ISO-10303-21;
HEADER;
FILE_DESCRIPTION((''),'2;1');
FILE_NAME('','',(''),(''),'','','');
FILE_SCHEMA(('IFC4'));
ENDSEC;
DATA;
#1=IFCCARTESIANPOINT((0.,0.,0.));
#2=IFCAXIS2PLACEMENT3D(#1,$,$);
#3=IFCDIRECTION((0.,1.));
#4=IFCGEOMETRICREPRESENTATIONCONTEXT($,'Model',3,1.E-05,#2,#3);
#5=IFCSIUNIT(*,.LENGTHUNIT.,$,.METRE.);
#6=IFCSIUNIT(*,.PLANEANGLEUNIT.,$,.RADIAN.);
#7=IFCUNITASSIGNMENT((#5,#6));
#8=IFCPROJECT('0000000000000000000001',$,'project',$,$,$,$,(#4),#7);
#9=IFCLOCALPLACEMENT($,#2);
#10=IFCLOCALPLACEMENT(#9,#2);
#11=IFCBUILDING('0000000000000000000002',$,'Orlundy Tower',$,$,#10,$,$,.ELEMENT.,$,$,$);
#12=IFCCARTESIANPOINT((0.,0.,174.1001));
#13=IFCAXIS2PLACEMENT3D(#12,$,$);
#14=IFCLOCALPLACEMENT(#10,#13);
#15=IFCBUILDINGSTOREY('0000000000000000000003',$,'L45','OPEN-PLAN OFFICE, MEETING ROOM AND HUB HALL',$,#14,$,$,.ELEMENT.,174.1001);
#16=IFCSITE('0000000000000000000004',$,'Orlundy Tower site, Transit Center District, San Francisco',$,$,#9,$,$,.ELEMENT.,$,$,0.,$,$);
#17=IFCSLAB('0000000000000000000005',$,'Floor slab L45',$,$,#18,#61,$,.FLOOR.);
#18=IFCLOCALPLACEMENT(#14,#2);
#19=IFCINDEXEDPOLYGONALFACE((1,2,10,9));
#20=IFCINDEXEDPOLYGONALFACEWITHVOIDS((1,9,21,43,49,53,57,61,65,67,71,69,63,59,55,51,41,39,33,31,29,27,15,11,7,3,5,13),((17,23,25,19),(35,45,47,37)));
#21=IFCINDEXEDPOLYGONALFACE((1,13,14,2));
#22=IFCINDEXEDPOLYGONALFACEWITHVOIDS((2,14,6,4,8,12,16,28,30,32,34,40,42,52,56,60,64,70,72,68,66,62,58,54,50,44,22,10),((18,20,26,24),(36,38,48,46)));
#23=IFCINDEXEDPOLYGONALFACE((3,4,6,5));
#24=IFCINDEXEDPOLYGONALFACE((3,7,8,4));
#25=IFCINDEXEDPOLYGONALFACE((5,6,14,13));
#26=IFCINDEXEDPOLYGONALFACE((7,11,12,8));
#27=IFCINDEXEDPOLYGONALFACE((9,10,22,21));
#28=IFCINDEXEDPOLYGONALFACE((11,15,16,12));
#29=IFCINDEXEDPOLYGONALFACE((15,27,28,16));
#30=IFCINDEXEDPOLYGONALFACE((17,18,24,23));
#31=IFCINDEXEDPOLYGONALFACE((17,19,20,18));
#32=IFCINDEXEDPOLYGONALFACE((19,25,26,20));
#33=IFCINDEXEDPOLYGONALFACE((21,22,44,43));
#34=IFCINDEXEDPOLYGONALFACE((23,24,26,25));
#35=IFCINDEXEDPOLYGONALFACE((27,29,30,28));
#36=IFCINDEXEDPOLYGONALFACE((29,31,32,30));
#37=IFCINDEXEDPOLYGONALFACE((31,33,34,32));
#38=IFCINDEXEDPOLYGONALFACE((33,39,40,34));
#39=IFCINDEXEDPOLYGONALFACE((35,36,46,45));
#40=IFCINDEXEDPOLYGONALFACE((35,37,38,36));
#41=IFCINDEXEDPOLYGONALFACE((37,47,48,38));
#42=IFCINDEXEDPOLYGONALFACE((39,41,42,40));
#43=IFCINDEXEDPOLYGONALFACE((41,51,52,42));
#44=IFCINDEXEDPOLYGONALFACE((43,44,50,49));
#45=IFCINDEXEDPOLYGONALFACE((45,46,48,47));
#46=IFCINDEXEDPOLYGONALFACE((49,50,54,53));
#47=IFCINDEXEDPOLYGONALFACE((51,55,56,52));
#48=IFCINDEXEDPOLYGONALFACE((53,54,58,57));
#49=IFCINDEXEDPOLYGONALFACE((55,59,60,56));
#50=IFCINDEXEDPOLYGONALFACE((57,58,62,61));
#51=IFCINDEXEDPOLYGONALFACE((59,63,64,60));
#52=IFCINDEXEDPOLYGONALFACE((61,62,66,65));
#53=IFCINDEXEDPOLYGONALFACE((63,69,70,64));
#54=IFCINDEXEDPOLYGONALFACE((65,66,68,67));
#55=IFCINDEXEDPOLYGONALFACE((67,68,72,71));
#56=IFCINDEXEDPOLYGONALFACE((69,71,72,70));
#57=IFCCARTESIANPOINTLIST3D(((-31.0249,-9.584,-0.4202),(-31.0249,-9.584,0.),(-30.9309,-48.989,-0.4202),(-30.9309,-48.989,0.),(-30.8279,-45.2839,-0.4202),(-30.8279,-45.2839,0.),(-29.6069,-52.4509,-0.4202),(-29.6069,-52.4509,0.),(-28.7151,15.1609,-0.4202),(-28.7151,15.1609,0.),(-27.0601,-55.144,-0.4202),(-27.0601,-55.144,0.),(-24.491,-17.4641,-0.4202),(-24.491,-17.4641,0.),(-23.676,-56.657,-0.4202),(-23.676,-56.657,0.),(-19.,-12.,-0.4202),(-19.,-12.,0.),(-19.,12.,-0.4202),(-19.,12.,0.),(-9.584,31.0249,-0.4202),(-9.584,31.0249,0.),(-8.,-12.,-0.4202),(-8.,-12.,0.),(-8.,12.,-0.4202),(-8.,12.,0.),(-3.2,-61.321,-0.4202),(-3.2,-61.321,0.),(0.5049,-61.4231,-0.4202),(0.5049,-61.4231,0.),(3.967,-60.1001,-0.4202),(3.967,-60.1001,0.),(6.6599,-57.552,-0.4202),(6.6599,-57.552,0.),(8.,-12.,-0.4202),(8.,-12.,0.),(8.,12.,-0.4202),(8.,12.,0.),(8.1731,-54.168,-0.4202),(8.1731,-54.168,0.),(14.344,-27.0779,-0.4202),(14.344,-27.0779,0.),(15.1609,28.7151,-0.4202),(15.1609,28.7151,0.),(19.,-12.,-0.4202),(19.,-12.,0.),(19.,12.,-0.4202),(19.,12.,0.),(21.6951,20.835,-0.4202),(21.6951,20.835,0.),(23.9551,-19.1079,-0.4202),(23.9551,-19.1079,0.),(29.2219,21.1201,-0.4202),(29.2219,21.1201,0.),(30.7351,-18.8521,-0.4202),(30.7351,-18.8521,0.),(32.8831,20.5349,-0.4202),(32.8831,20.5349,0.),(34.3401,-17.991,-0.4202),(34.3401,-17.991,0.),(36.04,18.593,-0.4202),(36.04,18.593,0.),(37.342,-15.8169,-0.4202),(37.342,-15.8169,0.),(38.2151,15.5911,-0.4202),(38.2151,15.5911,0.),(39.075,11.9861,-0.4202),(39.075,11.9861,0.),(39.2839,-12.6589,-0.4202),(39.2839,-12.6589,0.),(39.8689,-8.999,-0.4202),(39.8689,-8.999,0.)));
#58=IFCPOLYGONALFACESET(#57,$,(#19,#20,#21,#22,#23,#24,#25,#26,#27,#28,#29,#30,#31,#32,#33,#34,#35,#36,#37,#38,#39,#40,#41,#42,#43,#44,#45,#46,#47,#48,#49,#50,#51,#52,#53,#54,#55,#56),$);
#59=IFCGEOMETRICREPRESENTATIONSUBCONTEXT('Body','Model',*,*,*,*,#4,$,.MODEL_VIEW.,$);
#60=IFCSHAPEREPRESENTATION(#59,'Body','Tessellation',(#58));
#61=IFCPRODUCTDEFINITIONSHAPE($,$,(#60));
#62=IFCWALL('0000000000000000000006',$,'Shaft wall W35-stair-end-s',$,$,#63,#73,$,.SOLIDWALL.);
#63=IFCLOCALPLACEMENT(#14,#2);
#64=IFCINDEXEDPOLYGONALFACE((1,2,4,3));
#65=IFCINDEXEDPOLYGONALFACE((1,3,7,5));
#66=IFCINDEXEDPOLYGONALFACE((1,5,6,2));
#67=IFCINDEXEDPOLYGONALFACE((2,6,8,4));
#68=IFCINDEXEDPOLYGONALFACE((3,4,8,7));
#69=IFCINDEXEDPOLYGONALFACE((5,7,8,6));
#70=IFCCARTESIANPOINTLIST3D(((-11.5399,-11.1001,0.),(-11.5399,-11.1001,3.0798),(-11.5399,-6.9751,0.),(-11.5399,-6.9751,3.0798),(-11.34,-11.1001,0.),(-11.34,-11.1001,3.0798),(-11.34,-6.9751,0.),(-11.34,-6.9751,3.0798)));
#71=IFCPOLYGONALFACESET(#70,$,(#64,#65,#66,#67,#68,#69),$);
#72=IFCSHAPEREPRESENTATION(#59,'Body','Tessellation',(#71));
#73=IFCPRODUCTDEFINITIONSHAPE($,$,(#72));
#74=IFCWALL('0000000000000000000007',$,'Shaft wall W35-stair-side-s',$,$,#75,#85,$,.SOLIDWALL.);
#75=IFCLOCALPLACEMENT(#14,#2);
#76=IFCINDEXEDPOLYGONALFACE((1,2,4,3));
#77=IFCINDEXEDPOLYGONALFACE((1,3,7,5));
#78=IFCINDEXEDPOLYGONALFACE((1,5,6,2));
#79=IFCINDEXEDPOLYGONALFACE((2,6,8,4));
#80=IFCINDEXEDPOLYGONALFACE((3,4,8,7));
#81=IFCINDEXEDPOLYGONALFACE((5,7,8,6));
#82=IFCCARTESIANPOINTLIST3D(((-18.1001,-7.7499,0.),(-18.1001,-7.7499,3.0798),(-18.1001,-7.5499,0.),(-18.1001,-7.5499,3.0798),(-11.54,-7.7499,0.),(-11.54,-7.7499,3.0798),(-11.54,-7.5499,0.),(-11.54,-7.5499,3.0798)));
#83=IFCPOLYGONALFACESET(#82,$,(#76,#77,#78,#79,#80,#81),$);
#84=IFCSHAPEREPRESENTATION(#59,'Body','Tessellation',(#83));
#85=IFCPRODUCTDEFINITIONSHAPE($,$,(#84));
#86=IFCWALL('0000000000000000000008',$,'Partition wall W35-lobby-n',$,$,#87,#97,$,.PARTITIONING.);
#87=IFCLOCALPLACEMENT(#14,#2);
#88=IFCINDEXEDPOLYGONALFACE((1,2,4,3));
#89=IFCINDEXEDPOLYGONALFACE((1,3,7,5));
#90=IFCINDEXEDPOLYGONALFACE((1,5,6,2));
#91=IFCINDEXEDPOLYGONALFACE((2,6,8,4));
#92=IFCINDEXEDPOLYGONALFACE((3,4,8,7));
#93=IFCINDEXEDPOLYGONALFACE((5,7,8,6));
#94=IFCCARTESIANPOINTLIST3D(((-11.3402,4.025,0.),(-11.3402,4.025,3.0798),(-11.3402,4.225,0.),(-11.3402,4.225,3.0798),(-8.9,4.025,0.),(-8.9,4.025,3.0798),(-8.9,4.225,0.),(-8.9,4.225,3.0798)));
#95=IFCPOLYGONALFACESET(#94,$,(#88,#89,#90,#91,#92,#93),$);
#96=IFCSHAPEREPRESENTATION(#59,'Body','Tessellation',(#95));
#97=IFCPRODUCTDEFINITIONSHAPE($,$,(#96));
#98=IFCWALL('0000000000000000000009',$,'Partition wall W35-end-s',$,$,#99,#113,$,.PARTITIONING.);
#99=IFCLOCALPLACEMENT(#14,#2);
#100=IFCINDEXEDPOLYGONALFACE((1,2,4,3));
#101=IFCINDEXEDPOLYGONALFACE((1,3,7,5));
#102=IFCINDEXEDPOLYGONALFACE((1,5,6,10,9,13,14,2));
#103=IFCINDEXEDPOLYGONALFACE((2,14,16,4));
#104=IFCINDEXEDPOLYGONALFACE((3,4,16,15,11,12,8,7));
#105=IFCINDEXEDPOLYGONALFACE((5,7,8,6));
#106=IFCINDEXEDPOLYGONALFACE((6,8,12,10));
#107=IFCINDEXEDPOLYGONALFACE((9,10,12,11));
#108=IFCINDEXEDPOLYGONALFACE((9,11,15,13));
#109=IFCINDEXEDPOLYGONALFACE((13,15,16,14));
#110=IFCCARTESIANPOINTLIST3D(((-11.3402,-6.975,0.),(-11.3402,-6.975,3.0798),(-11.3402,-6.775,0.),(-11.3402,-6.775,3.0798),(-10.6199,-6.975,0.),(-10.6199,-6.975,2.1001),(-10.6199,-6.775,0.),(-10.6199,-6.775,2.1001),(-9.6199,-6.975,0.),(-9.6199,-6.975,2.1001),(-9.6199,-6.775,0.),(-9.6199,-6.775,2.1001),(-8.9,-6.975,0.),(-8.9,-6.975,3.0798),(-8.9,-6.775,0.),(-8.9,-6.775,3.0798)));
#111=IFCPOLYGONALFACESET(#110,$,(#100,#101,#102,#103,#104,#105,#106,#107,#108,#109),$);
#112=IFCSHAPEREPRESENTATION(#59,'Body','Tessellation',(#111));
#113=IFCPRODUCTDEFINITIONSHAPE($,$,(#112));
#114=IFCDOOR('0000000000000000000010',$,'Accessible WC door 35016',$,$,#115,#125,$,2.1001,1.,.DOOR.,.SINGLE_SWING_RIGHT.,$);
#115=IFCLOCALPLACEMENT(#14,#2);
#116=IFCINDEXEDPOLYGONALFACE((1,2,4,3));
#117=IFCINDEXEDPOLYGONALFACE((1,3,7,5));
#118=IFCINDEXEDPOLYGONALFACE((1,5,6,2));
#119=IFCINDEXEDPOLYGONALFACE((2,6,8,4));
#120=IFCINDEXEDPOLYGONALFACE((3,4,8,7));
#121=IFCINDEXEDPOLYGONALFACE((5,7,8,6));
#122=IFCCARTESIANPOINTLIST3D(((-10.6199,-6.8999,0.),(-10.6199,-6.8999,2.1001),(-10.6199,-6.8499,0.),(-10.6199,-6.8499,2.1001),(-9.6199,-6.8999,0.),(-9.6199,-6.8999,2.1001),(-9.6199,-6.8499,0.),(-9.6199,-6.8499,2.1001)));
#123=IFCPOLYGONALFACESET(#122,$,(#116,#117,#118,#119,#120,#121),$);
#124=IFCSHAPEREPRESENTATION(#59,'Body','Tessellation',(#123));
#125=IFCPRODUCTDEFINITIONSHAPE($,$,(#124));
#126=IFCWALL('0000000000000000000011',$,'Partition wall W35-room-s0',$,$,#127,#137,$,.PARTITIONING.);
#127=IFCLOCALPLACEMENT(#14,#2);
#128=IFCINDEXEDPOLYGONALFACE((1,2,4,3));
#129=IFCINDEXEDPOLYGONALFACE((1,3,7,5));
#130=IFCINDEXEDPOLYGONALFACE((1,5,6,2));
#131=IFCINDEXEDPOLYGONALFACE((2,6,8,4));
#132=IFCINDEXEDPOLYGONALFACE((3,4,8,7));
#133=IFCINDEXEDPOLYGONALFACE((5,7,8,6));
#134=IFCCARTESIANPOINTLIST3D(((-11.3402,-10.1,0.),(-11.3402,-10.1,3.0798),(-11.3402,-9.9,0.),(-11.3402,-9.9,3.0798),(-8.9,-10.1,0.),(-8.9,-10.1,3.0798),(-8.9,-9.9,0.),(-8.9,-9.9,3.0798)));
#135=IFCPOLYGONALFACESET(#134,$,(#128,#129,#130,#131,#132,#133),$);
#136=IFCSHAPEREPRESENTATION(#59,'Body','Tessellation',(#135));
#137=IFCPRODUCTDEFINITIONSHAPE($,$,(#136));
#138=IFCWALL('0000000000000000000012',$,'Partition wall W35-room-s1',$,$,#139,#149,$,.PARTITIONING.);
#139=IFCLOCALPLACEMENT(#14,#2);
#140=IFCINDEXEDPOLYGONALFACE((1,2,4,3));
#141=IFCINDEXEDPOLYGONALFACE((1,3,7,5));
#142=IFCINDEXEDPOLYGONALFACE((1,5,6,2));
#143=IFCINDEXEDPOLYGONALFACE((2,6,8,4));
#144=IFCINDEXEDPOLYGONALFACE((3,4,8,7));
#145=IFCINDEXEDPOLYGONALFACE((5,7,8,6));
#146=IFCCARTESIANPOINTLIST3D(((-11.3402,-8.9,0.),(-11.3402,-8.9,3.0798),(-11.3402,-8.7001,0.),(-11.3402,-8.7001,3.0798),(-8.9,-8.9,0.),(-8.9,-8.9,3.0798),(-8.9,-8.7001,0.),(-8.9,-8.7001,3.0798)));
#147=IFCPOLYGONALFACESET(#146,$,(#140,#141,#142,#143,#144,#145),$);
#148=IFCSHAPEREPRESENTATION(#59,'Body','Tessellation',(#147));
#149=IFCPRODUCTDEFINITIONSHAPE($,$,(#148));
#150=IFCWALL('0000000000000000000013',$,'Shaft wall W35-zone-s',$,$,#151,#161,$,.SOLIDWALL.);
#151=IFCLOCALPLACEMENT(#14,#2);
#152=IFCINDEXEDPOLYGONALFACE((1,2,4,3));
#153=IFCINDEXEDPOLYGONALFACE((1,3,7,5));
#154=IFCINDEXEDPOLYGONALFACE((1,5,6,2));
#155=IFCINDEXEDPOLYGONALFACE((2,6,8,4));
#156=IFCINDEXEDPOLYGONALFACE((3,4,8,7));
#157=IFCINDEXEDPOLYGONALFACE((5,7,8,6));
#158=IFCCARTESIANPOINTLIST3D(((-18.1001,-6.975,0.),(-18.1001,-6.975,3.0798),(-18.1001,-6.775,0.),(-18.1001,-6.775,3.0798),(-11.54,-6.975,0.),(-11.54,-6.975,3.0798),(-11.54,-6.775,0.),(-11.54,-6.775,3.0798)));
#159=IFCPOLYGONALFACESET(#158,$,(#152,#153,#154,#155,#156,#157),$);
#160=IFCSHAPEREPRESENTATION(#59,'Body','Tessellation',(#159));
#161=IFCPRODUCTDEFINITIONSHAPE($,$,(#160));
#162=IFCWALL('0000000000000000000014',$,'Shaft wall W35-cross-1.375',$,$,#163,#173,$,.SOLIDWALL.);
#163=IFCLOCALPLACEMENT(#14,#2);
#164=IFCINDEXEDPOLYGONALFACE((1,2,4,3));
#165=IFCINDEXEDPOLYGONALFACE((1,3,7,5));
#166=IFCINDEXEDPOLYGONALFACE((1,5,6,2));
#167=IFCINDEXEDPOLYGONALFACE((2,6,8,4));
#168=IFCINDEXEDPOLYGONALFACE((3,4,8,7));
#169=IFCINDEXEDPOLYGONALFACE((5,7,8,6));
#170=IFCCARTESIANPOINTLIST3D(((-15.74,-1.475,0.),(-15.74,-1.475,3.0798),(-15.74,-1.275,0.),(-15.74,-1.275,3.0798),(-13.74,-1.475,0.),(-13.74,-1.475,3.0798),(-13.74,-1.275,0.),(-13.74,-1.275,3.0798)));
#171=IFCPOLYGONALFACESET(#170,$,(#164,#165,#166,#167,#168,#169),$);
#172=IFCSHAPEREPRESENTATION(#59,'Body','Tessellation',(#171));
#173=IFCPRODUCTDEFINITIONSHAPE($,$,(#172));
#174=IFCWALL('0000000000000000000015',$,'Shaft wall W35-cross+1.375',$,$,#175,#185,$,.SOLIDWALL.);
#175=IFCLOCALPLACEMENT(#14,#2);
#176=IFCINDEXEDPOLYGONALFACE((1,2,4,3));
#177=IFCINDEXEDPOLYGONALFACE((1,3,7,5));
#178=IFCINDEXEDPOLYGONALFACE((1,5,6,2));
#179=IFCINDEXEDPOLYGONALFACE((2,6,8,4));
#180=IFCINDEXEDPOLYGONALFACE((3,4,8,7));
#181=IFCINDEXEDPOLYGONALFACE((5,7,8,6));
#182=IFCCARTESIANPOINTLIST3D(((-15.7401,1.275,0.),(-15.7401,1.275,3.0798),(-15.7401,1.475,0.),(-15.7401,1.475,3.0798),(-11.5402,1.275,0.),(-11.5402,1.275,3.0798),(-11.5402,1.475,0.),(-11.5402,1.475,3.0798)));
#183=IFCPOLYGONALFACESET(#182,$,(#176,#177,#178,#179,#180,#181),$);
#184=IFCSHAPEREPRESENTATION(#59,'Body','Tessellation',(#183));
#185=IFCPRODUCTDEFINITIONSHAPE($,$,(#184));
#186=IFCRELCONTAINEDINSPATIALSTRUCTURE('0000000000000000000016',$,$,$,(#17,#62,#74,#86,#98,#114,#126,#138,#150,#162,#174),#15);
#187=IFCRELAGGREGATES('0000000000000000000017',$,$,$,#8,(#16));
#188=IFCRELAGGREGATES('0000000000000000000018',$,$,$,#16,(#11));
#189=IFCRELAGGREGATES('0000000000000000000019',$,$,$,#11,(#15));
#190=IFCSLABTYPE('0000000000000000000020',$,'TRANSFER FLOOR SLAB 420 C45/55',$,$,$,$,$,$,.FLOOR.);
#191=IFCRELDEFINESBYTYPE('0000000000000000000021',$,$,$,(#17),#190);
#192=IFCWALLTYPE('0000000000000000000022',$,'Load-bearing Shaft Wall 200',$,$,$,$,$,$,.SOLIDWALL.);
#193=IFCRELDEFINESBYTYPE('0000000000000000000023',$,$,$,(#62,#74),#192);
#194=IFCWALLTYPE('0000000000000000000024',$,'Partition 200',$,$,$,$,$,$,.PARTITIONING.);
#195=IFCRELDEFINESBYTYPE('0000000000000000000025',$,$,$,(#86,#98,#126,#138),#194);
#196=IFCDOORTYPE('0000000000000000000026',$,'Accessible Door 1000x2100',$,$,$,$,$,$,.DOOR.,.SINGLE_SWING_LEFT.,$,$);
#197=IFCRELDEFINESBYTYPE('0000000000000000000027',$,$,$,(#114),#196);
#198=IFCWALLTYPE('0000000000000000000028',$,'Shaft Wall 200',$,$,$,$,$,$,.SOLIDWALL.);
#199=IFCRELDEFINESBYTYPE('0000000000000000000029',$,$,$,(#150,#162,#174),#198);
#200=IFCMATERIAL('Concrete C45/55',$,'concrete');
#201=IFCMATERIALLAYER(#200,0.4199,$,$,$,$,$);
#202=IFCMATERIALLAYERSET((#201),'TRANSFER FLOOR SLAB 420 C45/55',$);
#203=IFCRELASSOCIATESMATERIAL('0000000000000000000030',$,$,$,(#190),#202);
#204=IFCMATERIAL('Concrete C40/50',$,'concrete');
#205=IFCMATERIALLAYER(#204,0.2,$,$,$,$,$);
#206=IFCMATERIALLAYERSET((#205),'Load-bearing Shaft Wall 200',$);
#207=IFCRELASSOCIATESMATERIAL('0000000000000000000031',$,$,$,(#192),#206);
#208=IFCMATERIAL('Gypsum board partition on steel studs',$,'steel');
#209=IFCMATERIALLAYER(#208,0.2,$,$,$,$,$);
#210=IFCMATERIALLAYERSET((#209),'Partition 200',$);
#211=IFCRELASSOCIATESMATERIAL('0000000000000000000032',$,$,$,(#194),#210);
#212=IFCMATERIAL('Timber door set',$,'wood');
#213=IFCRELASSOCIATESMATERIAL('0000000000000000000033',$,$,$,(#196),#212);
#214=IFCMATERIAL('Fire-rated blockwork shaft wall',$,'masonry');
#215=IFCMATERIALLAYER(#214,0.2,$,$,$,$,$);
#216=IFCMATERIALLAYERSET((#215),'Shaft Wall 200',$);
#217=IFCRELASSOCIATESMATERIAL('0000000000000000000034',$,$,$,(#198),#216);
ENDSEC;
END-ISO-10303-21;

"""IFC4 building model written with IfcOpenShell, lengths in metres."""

from ifc_helpers import new_model, si_unit, direction, frame, frame_2d, origin, place, context, subcontext, project, spatial, polyline, rectangle, outline, extrude, material, layer, layer_set, type_object, element, fill, save


model = new_model("IFC4")

# Units and contexts
model_context = context("Model", 3, precision=1e-05, world=origin(), true_north=direction((0.0, 1.0)))
body_context = subcontext(model_context, "Body", "Model", "MODEL_VIEW")
ifc_project = project(units=[si_unit("LENGTHUNIT", "METRE"), si_unit("PLANEANGLEUNIT", "RADIAN")], contexts=[model_context])

# Site, building, storey
site_placement = place(None, origin())
site = spatial("IfcSite", under=ifc_project, at=site_placement, Name="Orlundy Tower site, Transit Center District, San Francisco", CompositionType="ELEMENT", RefElevation=0.0)
building_placement = place(site_placement, origin())
building = spatial("IfcBuilding", under=site, at=building_placement, Name="Orlundy Tower", CompositionType="ELEMENT")
storey_placement = place(building_placement, frame((0.0, 0.0, 174.1001)))
storey = spatial("IfcBuildingStorey", under=building, at=storey_placement, Name="L45", Description="OPEN-PLAN OFFICE, MEETING ROOM AND HUB HALL", CompositionType="ELEMENT", Elevation=174.1001)

# Slab
ifc_material_1 = material(Name="Concrete C45/55", Category="concrete")
ifc_layer_1 = layer(ifc_material_1, 0.4199)
ifc_layer_set_1 = layer_set([ifc_layer_1], Name="TRANSFER FLOOR SLAB 420 C45/55")
slab_type_1 = type_object("IfcSlabType", Name="TRANSFER FLOOR SLAB 420 C45/55", PredefinedType="FLOOR", material=ifc_layer_set_1)
slab_1_placement = place(storey_placement, frame((0.0, 0.0, -0.4202)))
element("IfcSlab", 1, at=slab_1_placement, inside=storey, type_object=slab_type_1, Name="Floor slab L45", PredefinedType="FLOOR", context=body_context, shape_type="SweptSolid", body=[
    extrude(outline(polyline([(-24.491, -17.4641), (-31.0249, -9.584), (-28.7151, 15.1609), (-9.584, 31.0249), (15.1609, 28.7151), (21.6951, 20.835), (29.2219, 21.1201), (32.8831, 20.5349), (36.04, 18.593), (38.2151, 15.5911), (39.075, 11.9861), (39.8689, -8.999), (39.2839, -12.6589), (37.342, -15.8169), (34.3401, -17.991), (30.7351, -18.8521), (23.9551, -19.1079), (14.344, -27.0779), (8.1731, -54.168), (6.6599, -57.552), (3.967, -60.1001), (0.5049, -61.4231), (-3.2, -61.321), (-23.676, -56.657), (-27.0601, -55.144), (-29.6069, -52.4509), (-30.9309, -48.989), (-30.8279, -45.2839), (-24.491, -17.4641)]), holes=[polyline([(-8.0, -12.0), (-8.0, 12.0), (-19.0, 12.0), (-19.0, -12.0), (-8.0, -12.0)]), polyline([(19.0, -12.0), (19.0, 12.0), (8.0, 12.0), (8.0, -12.0), (19.0, -12.0)])]), origin(), (0.0, 0.0, 1.0), 0.4202),
])

# Walls
ifc_material_2 = material(Name="Concrete C40/50", Category="concrete")
ifc_layer_2 = layer(ifc_material_2, 0.2)
ifc_layer_set_2 = layer_set([ifc_layer_2], Name="Load-bearing Shaft Wall 200")
wall_type_1 = type_object("IfcWallType", Name="Load-bearing Shaft Wall 200", PredefinedType="SOLIDWALL", material=ifc_layer_set_2)
wall_1_placement = place(storey_placement, frame((-11.4399, -11.1001, 0.0), z_axis=(0.0, 0.0, 1.0), x_axis=(0.0, 1.0, 0.0)))
element("IfcWall", 2, at=wall_1_placement, inside=storey, type_object=wall_type_1, Name="Shaft wall W35-stair-end-s", PredefinedType="SOLIDWALL", context=body_context, shape_type="SweptSolid", body=[
    extrude(rectangle(XDim=4.125, YDim=0.2, at=frame_2d((2.0625, 0.0))), origin(), (0.0, 0.0, 1.0), 3.0798),
])
wall_2_placement = place(storey_placement, frame((-11.54, -7.6499, 0.0), z_axis=(0.0, 0.0, 1.0), x_axis=(-1.0, 0.0, 0.0)))
element("IfcWall", 3, at=wall_2_placement, inside=storey, type_object=wall_type_1, Name="Shaft wall W35-stair-side-s", PredefinedType="SOLIDWALL", context=body_context, shape_type="SweptSolid", body=[
    extrude(rectangle(XDim=6.5601, YDim=0.2, at=frame_2d((3.28, 0.0))), origin(), (0.0, 0.0, 1.0), 3.0798),
])
ifc_material_3 = material(Name="Gypsum board partition on steel studs", Category="steel")
ifc_layer_3 = layer(ifc_material_3, 0.2)
ifc_layer_set_3 = layer_set([ifc_layer_3], Name="Partition 200")
wall_type_2 = type_object("IfcWallType", Name="Partition 200", PredefinedType="PARTITIONING", material=ifc_layer_set_3)
wall_3_placement = place(storey_placement, frame((-8.8999, 4.125, 0.0), z_axis=(0.0, 0.0, 1.0), x_axis=(-1.0, 0.0, 0.0)))
element("IfcWall", 4, at=wall_3_placement, inside=storey, type_object=wall_type_2, Name="Partition wall W35-lobby-n", PredefinedType="PARTITIONING", context=body_context, shape_type="SweptSolid", body=[
    extrude(rectangle(XDim=2.4402, YDim=0.2, at=frame_2d((1.2202, 0.0))), origin(), (0.0, 0.0, 1.0), 3.0798),
])

# Wall, opening, door
wall_4_placement = place(storey_placement, frame((-8.8999, -6.875, 0.0), z_axis=(0.0, 0.0, 1.0), x_axis=(-1.0, 0.0, 0.0)))
wall_4 = element("IfcWall", 5, at=wall_4_placement, inside=storey, type_object=wall_type_2, Name="Partition wall W35-end-s", PredefinedType="PARTITIONING", context=body_context, shape_type="SweptSolid", body=[
    extrude(rectangle(XDim=2.4402, YDim=0.2, at=frame_2d((1.2202, 0.0))), origin(), (0.0, 0.0, 1.0), 3.0798),
])
opening_1_placement = place(wall_4_placement, frame((0.72, 0.0, 0.0)))
opening_1 = element("IfcOpeningElement", 6, at=opening_1_placement, cuts=wall_4, PredefinedType="OPENING", context=body_context, shape_type="SweptSolid", body=[
    extrude(rectangle(XDim=1.0, YDim=2.1001, at=frame_2d((0.5, 1.05))), frame((0.0, 0.1101, 0.0), z_axis=(0.0, -1.0, 0.0), x_axis=(1.0, 0.0, 0.0)), (0.0, 0.0, 1.0), 0.2202),
])
ifc_material_4 = material(Name="Timber door set", Category="wood")
door_type_1 = type_object("IfcDoorType", Name="Accessible Door 1000x2100", OperationType="SINGLE_SWING_LEFT", PredefinedType="DOOR", material=ifc_material_4)
door_1_placement = place(opening_1_placement, origin())
door_1 = element("IfcDoor", 7, at=door_1_placement, inside=storey, type_object=door_type_1, Name="Accessible WC door 35016", OperationType="SINGLE_SWING_RIGHT", OverallHeight=2.1001, OverallWidth=1.0, PredefinedType="DOOR", context=body_context, shape_type="SweptSolid", body=[
    extrude(rectangle(XDim=1.0, YDim=2.1001, at=frame_2d((0.5, 1.05))), frame((0.0, 0.0249, 0.0), z_axis=(0.0, -1.0, 0.0), x_axis=(1.0, 0.0, 0.0)), (0.0, 0.0, 1.0), 0.05),
])
fill(opening_1, door_1)

# Walls
for number, where, z_axis, x_axis, name in (
    (8, (-8.8999, -10.0, 0.0), (0.0, 0.0, 1.0), (-1.0, 0.0, 0.0), "Partition wall W35-room-s0"),
    (9, (-8.8999, -8.8, 0.0), (0.0, 0.0, 1.0), (-1.0, 0.0, 0.0), "Partition wall W35-room-s1"),
):
    element("IfcWall", number, at=place(storey_placement, frame(where, z_axis=z_axis, x_axis=x_axis)), inside=storey, type_object=wall_type_2, Name=name, PredefinedType="PARTITIONING", context=body_context, shape_type="SweptSolid", body=[
        extrude(rectangle(XDim=2.4402, YDim=0.2, at=frame_2d((1.2202, 0.0))), origin(), (0.0, 0.0, 1.0), 3.0798),
    ])
ifc_material_5 = material(Name="Fire-rated blockwork shaft wall", Category="masonry")
ifc_layer_4 = layer(ifc_material_5, 0.2)
ifc_layer_set_4 = layer_set([ifc_layer_4], Name="Shaft Wall 200")
wall_type_3 = type_object("IfcWallType", Name="Shaft Wall 200", PredefinedType="SOLIDWALL", material=ifc_layer_set_4)
wall_5_placement = place(storey_placement, frame((-11.54, -6.875, 0.0), z_axis=(0.0, 0.0, 1.0), x_axis=(-1.0, 0.0, 0.0)))
element("IfcWall", 10, at=wall_5_placement, inside=storey, type_object=wall_type_3, Name="Shaft wall W35-zone-s", PredefinedType="SOLIDWALL", context=body_context, shape_type="SweptSolid", body=[
    extrude(rectangle(XDim=6.5601, YDim=0.2, at=frame_2d((3.28, 0.0))), origin(), (0.0, 0.0, 1.0), 3.0798),
])
wall_6_placement = place(storey_placement, frame((-13.74, -1.375, 0.0), z_axis=(0.0, 0.0, 1.0), x_axis=(-1.0, 0.0, 0.0)))
element("IfcWall", 11, at=wall_6_placement, inside=storey, type_object=wall_type_3, Name="Shaft wall W35-cross-1.375", PredefinedType="SOLIDWALL", context=body_context, shape_type="SweptSolid", body=[
    extrude(rectangle(XDim=2.0, YDim=0.2, at=frame_2d((1.0, 0.0))), origin(), (0.0, 0.0, 1.0), 3.0798),
])
wall_7_placement = place(storey_placement, frame((-11.54, 1.375, 0.0), z_axis=(0.0, 0.0, 1.0), x_axis=(-1.0, 0.0, 0.0)))
element("IfcWall", 12, at=wall_7_placement, inside=storey, type_object=wall_type_3, Name="Shaft wall W35-cross+1.375", PredefinedType="SOLIDWALL", context=body_context, shape_type="SweptSolid", body=[
    extrude(rectangle(XDim=4.2, YDim=0.2, at=frame_2d((2.1001, 0.0))), origin(), (0.0, 0.0, 1.0), 3.0798),
])

save(model, "model.ifc")
